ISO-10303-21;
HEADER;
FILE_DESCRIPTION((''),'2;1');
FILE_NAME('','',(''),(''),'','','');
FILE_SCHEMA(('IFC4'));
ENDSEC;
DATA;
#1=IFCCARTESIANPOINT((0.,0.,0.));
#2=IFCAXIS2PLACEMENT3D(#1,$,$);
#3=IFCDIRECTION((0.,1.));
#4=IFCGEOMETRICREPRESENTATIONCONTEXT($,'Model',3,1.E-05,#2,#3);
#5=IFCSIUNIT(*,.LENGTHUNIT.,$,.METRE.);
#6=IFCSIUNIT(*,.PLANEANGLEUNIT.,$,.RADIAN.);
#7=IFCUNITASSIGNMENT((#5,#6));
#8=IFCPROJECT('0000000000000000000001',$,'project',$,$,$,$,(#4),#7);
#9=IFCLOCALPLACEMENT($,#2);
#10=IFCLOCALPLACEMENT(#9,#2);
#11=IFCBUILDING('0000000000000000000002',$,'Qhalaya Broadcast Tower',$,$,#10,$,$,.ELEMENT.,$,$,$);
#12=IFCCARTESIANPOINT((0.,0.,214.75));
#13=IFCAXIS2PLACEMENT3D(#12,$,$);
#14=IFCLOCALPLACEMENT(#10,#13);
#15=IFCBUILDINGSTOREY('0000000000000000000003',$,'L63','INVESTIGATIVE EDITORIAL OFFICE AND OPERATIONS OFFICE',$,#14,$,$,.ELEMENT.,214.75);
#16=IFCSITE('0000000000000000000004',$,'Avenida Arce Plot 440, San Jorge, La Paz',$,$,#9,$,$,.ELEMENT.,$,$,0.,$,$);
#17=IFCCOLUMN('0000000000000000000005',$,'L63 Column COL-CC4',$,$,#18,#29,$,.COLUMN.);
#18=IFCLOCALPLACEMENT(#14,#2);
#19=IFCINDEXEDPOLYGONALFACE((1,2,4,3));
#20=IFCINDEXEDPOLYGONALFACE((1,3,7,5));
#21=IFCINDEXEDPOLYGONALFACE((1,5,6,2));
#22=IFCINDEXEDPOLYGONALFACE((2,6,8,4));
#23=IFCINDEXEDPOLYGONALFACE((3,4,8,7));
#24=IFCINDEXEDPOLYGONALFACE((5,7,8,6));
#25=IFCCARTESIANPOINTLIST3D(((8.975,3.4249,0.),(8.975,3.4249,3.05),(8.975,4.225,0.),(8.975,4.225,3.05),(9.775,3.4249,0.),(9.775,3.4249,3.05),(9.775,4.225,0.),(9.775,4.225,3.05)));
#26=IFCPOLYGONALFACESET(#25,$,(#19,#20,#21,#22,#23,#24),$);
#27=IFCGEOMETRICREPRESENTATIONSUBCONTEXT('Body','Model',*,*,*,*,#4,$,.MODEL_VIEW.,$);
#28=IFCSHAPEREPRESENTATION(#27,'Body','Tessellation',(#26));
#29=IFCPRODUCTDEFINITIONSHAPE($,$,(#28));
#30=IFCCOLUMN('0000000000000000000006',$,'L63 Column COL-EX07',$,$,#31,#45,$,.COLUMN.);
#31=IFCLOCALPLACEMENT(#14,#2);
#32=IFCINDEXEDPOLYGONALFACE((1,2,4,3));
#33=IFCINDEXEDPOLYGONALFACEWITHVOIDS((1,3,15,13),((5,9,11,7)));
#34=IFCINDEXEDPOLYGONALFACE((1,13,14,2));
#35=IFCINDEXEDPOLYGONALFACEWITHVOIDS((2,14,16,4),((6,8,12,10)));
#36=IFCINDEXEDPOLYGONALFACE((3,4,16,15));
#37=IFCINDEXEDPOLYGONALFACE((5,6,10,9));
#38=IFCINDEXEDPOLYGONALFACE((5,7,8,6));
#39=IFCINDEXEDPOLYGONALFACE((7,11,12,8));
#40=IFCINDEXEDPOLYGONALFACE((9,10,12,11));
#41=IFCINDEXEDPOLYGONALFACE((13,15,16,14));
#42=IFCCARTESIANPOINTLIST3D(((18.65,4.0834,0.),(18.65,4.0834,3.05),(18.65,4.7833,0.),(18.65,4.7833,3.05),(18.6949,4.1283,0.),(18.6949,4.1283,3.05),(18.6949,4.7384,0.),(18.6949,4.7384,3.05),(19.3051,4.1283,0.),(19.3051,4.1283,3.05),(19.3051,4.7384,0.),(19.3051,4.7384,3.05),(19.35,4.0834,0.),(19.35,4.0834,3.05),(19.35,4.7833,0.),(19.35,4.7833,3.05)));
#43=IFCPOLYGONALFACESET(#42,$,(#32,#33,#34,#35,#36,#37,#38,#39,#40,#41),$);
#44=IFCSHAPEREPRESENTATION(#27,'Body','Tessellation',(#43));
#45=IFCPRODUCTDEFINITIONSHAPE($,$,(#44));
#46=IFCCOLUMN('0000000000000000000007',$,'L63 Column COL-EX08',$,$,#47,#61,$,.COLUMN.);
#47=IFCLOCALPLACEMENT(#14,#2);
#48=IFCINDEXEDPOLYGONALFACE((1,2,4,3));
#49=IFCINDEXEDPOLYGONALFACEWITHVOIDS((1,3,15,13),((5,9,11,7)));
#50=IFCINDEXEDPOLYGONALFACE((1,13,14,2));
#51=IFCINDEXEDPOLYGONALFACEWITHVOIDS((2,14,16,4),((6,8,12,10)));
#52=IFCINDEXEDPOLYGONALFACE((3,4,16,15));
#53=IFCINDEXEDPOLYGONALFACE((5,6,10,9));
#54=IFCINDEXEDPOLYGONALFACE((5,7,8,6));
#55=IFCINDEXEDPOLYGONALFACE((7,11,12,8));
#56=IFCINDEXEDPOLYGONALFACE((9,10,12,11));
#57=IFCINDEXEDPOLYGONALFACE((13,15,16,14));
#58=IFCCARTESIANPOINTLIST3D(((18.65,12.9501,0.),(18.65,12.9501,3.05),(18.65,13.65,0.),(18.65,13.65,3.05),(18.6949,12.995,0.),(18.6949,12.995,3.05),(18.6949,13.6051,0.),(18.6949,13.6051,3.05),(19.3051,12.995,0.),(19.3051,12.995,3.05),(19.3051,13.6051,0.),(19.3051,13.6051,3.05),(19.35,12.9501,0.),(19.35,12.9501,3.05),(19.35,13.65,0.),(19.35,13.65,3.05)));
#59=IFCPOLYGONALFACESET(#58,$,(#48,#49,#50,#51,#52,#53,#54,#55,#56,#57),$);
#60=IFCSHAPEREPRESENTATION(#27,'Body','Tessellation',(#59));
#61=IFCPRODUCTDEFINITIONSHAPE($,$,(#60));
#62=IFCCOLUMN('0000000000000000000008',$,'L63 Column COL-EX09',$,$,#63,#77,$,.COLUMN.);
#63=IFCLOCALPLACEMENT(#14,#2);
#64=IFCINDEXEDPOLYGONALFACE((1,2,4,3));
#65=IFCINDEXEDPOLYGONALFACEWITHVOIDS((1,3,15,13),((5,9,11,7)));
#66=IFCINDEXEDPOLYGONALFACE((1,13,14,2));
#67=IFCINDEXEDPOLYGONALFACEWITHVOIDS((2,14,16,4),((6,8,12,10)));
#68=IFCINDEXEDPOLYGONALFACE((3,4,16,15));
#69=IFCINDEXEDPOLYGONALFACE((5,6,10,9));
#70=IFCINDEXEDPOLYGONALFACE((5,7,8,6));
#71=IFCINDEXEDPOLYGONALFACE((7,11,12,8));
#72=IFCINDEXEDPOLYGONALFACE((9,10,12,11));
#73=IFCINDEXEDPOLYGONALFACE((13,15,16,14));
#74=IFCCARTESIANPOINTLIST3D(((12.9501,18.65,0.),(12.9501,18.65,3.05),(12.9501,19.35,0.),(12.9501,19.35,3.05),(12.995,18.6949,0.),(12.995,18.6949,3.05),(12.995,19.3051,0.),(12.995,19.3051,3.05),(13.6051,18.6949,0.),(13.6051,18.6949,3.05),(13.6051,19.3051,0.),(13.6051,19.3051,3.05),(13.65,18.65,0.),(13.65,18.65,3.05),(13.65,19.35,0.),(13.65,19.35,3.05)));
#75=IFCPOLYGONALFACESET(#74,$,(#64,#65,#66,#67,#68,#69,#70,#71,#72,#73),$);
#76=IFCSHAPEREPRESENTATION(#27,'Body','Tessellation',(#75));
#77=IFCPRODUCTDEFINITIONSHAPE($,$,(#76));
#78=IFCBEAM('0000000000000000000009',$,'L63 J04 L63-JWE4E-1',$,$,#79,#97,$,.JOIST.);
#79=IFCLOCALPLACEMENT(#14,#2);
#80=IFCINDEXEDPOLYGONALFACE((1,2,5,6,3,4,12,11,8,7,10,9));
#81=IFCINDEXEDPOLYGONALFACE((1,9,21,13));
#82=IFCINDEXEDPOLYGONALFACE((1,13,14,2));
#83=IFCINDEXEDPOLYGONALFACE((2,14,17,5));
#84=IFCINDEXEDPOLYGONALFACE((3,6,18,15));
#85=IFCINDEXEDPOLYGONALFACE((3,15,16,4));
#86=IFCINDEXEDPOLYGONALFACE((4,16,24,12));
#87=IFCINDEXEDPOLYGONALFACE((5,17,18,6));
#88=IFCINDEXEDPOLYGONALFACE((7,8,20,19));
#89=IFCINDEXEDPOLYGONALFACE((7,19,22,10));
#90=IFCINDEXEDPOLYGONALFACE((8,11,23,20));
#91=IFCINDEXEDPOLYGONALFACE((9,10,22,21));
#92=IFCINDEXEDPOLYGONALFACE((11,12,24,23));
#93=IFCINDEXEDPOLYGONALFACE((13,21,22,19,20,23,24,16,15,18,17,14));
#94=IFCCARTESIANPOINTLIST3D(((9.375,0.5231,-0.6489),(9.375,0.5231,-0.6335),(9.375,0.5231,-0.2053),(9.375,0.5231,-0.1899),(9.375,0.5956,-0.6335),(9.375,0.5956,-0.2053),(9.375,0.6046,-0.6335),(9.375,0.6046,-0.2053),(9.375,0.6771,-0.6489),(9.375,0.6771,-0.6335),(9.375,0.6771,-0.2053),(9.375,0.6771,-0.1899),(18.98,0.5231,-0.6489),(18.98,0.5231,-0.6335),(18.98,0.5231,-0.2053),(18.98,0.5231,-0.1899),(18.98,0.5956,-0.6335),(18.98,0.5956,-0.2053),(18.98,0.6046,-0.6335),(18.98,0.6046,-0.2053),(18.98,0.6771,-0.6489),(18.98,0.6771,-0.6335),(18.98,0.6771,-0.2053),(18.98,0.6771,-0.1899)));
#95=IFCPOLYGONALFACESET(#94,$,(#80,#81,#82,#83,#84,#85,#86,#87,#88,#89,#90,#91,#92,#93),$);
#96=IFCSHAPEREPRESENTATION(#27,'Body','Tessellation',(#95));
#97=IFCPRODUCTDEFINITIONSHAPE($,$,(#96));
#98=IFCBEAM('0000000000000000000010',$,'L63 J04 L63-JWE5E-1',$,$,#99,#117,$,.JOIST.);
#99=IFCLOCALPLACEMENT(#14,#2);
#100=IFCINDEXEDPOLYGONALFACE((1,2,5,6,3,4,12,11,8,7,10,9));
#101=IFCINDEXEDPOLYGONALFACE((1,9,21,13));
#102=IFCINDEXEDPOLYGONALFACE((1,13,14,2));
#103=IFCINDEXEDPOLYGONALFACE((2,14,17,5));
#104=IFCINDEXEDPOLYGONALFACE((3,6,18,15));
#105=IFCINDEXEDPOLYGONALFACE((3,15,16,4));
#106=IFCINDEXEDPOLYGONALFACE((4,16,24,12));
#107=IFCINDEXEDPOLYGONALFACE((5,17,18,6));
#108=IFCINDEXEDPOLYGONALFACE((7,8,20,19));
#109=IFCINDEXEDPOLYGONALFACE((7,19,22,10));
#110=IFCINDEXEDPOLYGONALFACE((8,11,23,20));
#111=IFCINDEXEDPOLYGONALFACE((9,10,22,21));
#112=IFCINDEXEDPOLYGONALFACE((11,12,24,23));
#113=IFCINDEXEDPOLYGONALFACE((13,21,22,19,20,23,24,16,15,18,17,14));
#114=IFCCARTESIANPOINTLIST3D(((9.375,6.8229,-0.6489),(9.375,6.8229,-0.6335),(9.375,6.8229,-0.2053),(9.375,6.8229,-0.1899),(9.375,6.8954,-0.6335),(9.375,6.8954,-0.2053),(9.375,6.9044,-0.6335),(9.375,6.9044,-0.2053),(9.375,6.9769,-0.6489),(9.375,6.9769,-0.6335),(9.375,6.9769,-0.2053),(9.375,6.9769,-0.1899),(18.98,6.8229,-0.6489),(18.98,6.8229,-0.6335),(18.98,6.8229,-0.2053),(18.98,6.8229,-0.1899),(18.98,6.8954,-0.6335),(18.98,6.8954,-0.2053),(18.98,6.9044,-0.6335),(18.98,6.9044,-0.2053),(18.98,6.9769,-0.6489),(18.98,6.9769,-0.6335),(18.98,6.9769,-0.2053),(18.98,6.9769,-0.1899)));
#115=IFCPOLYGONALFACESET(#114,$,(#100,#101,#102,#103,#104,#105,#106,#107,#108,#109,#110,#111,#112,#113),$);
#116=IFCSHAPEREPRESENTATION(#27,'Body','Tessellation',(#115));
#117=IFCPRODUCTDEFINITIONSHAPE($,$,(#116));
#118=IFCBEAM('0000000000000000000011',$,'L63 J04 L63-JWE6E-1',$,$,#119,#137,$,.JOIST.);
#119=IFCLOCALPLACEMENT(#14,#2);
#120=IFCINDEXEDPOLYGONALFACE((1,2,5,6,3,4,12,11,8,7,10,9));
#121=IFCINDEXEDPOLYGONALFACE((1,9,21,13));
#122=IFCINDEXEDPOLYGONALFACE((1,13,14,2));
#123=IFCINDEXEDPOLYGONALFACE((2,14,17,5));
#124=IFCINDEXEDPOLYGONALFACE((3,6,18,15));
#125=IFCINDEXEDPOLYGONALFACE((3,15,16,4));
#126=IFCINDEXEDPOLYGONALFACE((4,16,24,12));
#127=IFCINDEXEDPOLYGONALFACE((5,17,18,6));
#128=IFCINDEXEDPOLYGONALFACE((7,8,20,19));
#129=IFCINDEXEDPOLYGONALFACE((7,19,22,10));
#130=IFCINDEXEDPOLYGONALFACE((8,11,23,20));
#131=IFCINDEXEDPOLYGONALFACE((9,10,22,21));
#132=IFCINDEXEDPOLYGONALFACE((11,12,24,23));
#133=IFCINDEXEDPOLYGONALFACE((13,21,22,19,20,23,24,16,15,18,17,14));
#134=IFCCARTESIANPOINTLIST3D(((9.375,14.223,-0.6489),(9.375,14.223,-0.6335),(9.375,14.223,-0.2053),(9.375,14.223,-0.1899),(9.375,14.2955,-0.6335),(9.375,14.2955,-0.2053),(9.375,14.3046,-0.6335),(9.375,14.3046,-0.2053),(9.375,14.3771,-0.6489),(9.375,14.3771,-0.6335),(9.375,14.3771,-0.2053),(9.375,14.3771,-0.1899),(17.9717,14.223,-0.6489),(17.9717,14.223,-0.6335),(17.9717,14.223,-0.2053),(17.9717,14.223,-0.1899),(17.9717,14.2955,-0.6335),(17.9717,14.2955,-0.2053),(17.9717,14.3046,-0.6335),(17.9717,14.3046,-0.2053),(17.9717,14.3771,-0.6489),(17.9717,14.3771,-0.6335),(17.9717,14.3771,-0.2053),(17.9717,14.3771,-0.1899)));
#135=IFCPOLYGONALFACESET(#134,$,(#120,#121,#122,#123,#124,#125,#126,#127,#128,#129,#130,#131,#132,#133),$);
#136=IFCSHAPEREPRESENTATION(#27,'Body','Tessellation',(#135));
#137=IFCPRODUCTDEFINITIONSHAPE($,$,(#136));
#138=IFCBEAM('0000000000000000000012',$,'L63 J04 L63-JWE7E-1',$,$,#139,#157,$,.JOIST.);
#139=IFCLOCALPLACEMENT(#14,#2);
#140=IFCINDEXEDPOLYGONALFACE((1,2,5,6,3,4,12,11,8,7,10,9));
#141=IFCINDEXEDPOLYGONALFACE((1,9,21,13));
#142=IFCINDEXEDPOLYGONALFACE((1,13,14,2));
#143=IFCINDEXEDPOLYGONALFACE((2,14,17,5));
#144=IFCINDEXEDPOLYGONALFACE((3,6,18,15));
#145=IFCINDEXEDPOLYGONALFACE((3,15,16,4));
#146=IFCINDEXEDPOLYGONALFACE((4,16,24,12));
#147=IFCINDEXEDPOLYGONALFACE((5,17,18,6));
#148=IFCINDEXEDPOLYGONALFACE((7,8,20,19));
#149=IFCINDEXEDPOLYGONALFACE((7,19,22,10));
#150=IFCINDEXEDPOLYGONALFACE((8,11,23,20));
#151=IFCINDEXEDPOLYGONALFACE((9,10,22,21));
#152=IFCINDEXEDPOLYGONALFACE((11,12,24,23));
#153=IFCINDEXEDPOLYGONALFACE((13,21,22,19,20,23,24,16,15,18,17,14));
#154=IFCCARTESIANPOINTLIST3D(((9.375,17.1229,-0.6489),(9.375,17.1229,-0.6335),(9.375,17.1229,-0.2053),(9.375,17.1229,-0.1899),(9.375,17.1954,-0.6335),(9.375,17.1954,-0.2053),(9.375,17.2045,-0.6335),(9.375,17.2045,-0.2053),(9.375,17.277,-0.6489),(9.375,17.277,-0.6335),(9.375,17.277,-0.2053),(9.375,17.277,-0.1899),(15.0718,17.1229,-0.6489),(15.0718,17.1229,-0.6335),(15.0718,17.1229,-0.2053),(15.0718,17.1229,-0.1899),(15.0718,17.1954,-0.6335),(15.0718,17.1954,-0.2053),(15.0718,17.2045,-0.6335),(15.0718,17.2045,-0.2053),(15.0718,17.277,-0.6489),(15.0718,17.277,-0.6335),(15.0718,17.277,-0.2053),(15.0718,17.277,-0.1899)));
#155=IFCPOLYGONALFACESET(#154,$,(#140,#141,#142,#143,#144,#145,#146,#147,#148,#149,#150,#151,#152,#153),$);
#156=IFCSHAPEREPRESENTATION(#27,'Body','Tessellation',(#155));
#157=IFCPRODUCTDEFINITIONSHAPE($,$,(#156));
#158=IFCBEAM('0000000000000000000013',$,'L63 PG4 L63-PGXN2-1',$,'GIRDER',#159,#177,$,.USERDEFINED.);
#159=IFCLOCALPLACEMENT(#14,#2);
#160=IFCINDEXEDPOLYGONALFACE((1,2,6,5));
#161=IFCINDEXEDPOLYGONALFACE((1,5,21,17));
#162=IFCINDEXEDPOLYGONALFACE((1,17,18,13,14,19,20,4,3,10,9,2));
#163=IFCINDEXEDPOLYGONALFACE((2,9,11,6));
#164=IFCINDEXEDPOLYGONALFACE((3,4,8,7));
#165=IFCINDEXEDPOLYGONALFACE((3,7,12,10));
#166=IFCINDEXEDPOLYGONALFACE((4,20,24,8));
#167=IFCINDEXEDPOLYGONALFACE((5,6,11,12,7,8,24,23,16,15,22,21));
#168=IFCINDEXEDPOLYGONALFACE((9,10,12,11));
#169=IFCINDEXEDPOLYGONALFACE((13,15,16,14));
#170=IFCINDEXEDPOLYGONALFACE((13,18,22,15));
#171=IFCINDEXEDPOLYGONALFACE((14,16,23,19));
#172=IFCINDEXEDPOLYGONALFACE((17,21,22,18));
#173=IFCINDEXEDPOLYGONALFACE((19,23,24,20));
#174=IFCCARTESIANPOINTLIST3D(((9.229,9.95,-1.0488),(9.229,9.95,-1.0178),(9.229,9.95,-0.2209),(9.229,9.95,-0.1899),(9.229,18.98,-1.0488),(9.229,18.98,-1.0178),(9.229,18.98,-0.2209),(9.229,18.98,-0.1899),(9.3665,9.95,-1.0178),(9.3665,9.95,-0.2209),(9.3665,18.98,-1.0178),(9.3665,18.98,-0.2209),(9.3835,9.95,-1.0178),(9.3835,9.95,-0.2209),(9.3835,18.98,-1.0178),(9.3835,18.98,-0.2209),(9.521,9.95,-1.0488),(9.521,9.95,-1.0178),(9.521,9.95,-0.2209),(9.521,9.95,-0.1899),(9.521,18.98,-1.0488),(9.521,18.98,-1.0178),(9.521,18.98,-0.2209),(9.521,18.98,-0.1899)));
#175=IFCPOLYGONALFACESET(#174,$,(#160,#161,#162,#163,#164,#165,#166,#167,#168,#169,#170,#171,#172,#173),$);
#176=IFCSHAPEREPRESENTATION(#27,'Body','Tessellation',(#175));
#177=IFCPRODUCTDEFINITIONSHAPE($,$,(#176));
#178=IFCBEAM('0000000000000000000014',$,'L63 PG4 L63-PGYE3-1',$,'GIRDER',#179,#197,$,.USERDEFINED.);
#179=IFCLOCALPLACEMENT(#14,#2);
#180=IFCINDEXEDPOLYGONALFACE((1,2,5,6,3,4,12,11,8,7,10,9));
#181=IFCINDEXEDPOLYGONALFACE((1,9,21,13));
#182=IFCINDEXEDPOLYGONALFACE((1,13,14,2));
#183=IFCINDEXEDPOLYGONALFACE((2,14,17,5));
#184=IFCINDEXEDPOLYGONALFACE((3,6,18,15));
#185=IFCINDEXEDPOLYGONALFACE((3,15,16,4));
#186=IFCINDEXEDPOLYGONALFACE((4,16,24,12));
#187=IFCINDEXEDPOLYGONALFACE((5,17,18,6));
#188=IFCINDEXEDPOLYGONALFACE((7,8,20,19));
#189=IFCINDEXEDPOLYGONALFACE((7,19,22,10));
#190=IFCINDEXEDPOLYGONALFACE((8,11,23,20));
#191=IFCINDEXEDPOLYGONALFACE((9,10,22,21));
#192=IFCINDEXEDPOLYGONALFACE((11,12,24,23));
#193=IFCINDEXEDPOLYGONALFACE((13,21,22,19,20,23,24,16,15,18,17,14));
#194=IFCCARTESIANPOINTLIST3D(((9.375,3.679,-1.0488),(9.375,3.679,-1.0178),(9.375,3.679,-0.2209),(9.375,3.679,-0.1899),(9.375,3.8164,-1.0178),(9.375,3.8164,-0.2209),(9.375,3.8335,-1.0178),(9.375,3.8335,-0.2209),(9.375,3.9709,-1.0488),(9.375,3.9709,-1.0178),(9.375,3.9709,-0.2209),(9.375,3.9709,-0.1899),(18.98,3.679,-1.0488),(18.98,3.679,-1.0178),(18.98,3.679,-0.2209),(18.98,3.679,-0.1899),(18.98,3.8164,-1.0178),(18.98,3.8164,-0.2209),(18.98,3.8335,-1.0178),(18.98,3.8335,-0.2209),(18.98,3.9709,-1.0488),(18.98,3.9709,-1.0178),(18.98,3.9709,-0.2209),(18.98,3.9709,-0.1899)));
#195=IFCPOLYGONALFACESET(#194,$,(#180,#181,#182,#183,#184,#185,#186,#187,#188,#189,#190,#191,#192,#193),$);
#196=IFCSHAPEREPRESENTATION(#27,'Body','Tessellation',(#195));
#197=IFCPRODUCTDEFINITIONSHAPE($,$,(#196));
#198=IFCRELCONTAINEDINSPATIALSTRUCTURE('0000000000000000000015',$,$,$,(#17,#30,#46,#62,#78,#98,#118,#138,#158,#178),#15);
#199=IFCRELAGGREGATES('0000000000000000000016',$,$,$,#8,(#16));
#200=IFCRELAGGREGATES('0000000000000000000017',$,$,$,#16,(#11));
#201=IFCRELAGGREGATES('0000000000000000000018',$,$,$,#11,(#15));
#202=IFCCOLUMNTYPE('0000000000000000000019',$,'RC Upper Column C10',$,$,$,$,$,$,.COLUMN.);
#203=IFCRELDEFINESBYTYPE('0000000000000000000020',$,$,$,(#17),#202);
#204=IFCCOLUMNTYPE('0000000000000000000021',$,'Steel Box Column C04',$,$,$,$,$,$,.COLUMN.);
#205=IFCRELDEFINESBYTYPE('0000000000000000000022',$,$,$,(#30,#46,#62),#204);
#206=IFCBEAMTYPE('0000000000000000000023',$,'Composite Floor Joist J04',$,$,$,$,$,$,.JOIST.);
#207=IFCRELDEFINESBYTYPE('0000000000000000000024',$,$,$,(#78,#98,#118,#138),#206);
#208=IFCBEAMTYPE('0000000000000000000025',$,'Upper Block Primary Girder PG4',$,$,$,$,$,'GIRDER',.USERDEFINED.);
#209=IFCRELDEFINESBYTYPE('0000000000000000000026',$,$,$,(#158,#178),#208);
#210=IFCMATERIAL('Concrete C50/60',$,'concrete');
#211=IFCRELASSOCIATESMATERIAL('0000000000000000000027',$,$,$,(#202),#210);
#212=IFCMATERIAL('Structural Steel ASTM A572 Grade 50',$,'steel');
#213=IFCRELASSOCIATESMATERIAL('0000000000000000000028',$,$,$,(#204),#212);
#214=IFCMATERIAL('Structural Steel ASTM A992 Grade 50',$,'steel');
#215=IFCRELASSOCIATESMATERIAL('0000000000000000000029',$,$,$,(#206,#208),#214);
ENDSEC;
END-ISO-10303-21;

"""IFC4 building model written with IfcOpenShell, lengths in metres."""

from ifc_helpers import new_model, si_unit, direction, frame, origin, origin_2d, place, context, subcontext, project, spatial, rectangle, hollow_rectangle, i_section, extrude, material, material_profile, profile_set, type_object, element, save


model = new_model("IFC4")

# Units and contexts
model_context = context("Model", 3, precision=1e-05, world=origin(), true_north=direction((0.0, 1.0)))
body_context = subcontext(model_context, "Body", "Model", "MODEL_VIEW")
ifc_project = project(units=[si_unit("LENGTHUNIT", "METRE"), si_unit("PLANEANGLEUNIT", "RADIAN")], contexts=[model_context])

# Site, building, storey
site_placement = place(None, origin())
site = spatial("IfcSite", under=ifc_project, at=site_placement, Name="Avenida Arce Plot 440, San Jorge, La Paz", CompositionType="ELEMENT", RefElevation=0.0)
building_placement = place(site_placement, origin())
building = spatial("IfcBuilding", under=site, at=building_placement, Name="Qhalaya Broadcast Tower", CompositionType="ELEMENT")
storey_placement = place(building_placement, frame((0.0, 0.0, 214.75)))
storey = spatial("IfcBuildingStorey", under=building, at=storey_placement, Name="L63", Description="INVESTIGATIVE EDITORIAL OFFICE AND OPERATIONS OFFICE", CompositionType="ELEMENT", Elevation=214.75)

# Columns
ifc_material_1 = material(Name="Concrete C50/60", Category="concrete")
ifc_material_profile_1 = material_profile(ifc_material_1, rectangle(XDim=0.8, YDim=0.8, at=origin_2d()), Name="RC-COL 800x800")
ifc_profile_set_1 = profile_set([ifc_material_profile_1], Name="Concrete C50/60")
column_type_1 = type_object("IfcColumnType", Name="RC Upper Column C10", PredefinedType="COLUMN", material=ifc_profile_set_1)
column_placement = place(storey_placement, frame((9.375, 3.825, 0.0), z_axis=(0.0, 0.0, 1.0), x_axis=(1.0, 0.0, 0.0)))
element("IfcColumn", 1, at=column_placement, inside=storey, type_object=column_type_1, Name="L63 Column COL-CC4", PredefinedType="COLUMN", context=body_context, shape_type="SweptSolid", body=[
    extrude(rectangle(XDim=0.8, YDim=0.8, at=origin_2d()), origin(), (0.0, 0.0, 1.0), 3.05),
])
ifc_material_2 = material(Name="Structural Steel ASTM A572 Grade 50", Category="steel")
ifc_material_profile_2 = material_profile(ifc_material_2, hollow_rectangle(XDim=0.7, YDim=0.7, WallThickness=0.0449, at=origin_2d()), Name="BOX 700x700x45")
ifc_profile_set_2 = profile_set([ifc_material_profile_2], Name="Structural Steel ASTM A572 Grade 50")
column_type_2 = type_object("IfcColumnType", Name="Steel Box Column C04", PredefinedType="COLUMN", material=ifc_profile_set_2)
for number, where, z_axis, x_axis, name in (
    (2, (19.0, 4.4333, 0.0), (0.0, 0.0, 1.0), (0.0, 1.0, 0.0), "L63 Column COL-EX07"),
    (3, (19.0, 13.3, 0.0), (0.0, 0.0, 1.0), (0.0, 1.0, 0.0), "L63 Column COL-EX08"),
    (4, (13.3, 19.0, 0.0), (0.0, 0.0, 1.0), (1.0, 0.0, 0.0), "L63 Column COL-EX09"),
):
    element("IfcColumn", number, at=place(storey_placement, frame(where, z_axis=z_axis, x_axis=x_axis)), inside=storey, type_object=column_type_2, Name=name, PredefinedType="COLUMN", context=body_context, shape_type="SweptSolid", body=[
        extrude(hollow_rectangle(XDim=0.7, YDim=0.7, WallThickness=0.0449, at=origin_2d()), origin(), (0.0, 0.0, 1.0), 3.05),
    ])

# Beams
ifc_material_3 = material(Name="Structural Steel ASTM A992 Grade 50", Category="steel")
ifc_material_profile_3 = material_profile(ifc_material_3, i_section(OverallWidth=0.1541, OverallDepth=0.459, WebThickness=0.009, FlangeThickness=0.0154, at=origin_2d()), Name="W18X46")
ifc_profile_set_3 = profile_set([ifc_material_profile_3], Name="Structural Steel ASTM A992 Grade 50")
beam_type_1 = type_object("IfcBeamType", Name="Composite Floor Joist J04", PredefinedType="JOIST", material=ifc_profile_set_3)
for number, where, z_axis, x_axis, name in (
    (5, (9.375, 0.6001, -0.4194), (1.0, 0.0, 0.0), (0.0, 1.0, 0.0), "L63 J04 L63-JWE4E-1"),
    (6, (9.375, 6.8999, -0.4194), (1.0, 0.0, 0.0), (0.0, 1.0, 0.0), "L63 J04 L63-JWE5E-1"),
):
    element("IfcBeam", number, at=place(storey_placement, frame(where, z_axis=z_axis, x_axis=x_axis)), inside=storey, type_object=beam_type_1, Name=name, PredefinedType="JOIST", context=body_context, shape_type="SweptSolid", body=[
        extrude(i_section(OverallWidth=0.1541, OverallDepth=0.459, WebThickness=0.009, FlangeThickness=0.0154, at=origin_2d()), origin(), (0.0, 0.0, 1.0), 9.605),
    ])
beam_1_placement = place(storey_placement, frame((9.375, 14.3, -0.4194), z_axis=(1.0, 0.0, 0.0), x_axis=(0.0, 1.0, 0.0)))
element("IfcBeam", 7, at=beam_1_placement, inside=storey, type_object=beam_type_1, Name="L63 J04 L63-JWE6E-1", PredefinedType="JOIST", context=body_context, shape_type="SweptSolid", body=[
    extrude(i_section(OverallWidth=0.1541, OverallDepth=0.459, WebThickness=0.009, FlangeThickness=0.0154, at=origin_2d()), origin(), (0.0, 0.0, 1.0), 8.5967),
])
beam_2_placement = place(storey_placement, frame((9.375, 17.2, -0.4194), z_axis=(1.0, 0.0, 0.0), x_axis=(0.0, 1.0, 0.0)))
element("IfcBeam", 8, at=beam_2_placement, inside=storey, type_object=beam_type_1, Name="L63 J04 L63-JWE7E-1", PredefinedType="JOIST", context=body_context, shape_type="SweptSolid", body=[
    extrude(i_section(OverallWidth=0.1541, OverallDepth=0.459, WebThickness=0.009, FlangeThickness=0.0154, at=origin_2d()), origin(), (0.0, 0.0, 1.0), 5.6968),
])
ifc_material_profile_4 = material_profile(ifc_material_3, i_section(OverallWidth=0.292, OverallDepth=0.8589, WebThickness=0.0171, FlangeThickness=0.031, at=origin_2d()), Name="W33X169")
ifc_profile_set_4 = profile_set([ifc_material_profile_4], Name="Structural Steel ASTM A992 Grade 50")
beam_type_2 = type_object("IfcBeamType", Name="Upper Block Primary Girder PG4", ElementType="GIRDER", PredefinedType="USERDEFINED", material=ifc_profile_set_4)
beam_3_placement = place(storey_placement, frame((9.375, 9.95, -0.6194), z_axis=(0.0, 1.0, 0.0), x_axis=(-1.0, 0.0, 0.0)))
element("IfcBeam", 9, at=beam_3_placement, inside=storey, type_object=beam_type_2, Name="L63 PG4 L63-PGXN2-1", ObjectType="GIRDER", PredefinedType="USERDEFINED", context=body_context, shape_type="SweptSolid", body=[
    extrude(i_section(OverallWidth=0.292, OverallDepth=0.8589, WebThickness=0.0171, FlangeThickness=0.031, at=origin_2d()), origin(), (0.0, 0.0, 1.0), 9.03),
])
for number, where, z_axis, x_axis, name in (
    (10, (9.375, 3.825, -0.6194), (1.0, 0.0, 0.0), (0.0, 1.0, 0.0), "L63 PG4 L63-PGYE3-1"),
):
    element("IfcBeam", number, at=place(storey_placement, frame(where, z_axis=z_axis, x_axis=x_axis)), inside=storey, type_object=beam_type_2, Name=name, ObjectType="GIRDER", PredefinedType="USERDEFINED", context=body_context, shape_type="SweptSolid", body=[
        extrude(i_section(OverallWidth=0.292, OverallDepth=0.8589, WebThickness=0.0171, FlangeThickness=0.031, at=origin_2d()), origin(), (0.0, 0.0, 1.0), 9.605),
    ])

save(model, "model.ifc")
